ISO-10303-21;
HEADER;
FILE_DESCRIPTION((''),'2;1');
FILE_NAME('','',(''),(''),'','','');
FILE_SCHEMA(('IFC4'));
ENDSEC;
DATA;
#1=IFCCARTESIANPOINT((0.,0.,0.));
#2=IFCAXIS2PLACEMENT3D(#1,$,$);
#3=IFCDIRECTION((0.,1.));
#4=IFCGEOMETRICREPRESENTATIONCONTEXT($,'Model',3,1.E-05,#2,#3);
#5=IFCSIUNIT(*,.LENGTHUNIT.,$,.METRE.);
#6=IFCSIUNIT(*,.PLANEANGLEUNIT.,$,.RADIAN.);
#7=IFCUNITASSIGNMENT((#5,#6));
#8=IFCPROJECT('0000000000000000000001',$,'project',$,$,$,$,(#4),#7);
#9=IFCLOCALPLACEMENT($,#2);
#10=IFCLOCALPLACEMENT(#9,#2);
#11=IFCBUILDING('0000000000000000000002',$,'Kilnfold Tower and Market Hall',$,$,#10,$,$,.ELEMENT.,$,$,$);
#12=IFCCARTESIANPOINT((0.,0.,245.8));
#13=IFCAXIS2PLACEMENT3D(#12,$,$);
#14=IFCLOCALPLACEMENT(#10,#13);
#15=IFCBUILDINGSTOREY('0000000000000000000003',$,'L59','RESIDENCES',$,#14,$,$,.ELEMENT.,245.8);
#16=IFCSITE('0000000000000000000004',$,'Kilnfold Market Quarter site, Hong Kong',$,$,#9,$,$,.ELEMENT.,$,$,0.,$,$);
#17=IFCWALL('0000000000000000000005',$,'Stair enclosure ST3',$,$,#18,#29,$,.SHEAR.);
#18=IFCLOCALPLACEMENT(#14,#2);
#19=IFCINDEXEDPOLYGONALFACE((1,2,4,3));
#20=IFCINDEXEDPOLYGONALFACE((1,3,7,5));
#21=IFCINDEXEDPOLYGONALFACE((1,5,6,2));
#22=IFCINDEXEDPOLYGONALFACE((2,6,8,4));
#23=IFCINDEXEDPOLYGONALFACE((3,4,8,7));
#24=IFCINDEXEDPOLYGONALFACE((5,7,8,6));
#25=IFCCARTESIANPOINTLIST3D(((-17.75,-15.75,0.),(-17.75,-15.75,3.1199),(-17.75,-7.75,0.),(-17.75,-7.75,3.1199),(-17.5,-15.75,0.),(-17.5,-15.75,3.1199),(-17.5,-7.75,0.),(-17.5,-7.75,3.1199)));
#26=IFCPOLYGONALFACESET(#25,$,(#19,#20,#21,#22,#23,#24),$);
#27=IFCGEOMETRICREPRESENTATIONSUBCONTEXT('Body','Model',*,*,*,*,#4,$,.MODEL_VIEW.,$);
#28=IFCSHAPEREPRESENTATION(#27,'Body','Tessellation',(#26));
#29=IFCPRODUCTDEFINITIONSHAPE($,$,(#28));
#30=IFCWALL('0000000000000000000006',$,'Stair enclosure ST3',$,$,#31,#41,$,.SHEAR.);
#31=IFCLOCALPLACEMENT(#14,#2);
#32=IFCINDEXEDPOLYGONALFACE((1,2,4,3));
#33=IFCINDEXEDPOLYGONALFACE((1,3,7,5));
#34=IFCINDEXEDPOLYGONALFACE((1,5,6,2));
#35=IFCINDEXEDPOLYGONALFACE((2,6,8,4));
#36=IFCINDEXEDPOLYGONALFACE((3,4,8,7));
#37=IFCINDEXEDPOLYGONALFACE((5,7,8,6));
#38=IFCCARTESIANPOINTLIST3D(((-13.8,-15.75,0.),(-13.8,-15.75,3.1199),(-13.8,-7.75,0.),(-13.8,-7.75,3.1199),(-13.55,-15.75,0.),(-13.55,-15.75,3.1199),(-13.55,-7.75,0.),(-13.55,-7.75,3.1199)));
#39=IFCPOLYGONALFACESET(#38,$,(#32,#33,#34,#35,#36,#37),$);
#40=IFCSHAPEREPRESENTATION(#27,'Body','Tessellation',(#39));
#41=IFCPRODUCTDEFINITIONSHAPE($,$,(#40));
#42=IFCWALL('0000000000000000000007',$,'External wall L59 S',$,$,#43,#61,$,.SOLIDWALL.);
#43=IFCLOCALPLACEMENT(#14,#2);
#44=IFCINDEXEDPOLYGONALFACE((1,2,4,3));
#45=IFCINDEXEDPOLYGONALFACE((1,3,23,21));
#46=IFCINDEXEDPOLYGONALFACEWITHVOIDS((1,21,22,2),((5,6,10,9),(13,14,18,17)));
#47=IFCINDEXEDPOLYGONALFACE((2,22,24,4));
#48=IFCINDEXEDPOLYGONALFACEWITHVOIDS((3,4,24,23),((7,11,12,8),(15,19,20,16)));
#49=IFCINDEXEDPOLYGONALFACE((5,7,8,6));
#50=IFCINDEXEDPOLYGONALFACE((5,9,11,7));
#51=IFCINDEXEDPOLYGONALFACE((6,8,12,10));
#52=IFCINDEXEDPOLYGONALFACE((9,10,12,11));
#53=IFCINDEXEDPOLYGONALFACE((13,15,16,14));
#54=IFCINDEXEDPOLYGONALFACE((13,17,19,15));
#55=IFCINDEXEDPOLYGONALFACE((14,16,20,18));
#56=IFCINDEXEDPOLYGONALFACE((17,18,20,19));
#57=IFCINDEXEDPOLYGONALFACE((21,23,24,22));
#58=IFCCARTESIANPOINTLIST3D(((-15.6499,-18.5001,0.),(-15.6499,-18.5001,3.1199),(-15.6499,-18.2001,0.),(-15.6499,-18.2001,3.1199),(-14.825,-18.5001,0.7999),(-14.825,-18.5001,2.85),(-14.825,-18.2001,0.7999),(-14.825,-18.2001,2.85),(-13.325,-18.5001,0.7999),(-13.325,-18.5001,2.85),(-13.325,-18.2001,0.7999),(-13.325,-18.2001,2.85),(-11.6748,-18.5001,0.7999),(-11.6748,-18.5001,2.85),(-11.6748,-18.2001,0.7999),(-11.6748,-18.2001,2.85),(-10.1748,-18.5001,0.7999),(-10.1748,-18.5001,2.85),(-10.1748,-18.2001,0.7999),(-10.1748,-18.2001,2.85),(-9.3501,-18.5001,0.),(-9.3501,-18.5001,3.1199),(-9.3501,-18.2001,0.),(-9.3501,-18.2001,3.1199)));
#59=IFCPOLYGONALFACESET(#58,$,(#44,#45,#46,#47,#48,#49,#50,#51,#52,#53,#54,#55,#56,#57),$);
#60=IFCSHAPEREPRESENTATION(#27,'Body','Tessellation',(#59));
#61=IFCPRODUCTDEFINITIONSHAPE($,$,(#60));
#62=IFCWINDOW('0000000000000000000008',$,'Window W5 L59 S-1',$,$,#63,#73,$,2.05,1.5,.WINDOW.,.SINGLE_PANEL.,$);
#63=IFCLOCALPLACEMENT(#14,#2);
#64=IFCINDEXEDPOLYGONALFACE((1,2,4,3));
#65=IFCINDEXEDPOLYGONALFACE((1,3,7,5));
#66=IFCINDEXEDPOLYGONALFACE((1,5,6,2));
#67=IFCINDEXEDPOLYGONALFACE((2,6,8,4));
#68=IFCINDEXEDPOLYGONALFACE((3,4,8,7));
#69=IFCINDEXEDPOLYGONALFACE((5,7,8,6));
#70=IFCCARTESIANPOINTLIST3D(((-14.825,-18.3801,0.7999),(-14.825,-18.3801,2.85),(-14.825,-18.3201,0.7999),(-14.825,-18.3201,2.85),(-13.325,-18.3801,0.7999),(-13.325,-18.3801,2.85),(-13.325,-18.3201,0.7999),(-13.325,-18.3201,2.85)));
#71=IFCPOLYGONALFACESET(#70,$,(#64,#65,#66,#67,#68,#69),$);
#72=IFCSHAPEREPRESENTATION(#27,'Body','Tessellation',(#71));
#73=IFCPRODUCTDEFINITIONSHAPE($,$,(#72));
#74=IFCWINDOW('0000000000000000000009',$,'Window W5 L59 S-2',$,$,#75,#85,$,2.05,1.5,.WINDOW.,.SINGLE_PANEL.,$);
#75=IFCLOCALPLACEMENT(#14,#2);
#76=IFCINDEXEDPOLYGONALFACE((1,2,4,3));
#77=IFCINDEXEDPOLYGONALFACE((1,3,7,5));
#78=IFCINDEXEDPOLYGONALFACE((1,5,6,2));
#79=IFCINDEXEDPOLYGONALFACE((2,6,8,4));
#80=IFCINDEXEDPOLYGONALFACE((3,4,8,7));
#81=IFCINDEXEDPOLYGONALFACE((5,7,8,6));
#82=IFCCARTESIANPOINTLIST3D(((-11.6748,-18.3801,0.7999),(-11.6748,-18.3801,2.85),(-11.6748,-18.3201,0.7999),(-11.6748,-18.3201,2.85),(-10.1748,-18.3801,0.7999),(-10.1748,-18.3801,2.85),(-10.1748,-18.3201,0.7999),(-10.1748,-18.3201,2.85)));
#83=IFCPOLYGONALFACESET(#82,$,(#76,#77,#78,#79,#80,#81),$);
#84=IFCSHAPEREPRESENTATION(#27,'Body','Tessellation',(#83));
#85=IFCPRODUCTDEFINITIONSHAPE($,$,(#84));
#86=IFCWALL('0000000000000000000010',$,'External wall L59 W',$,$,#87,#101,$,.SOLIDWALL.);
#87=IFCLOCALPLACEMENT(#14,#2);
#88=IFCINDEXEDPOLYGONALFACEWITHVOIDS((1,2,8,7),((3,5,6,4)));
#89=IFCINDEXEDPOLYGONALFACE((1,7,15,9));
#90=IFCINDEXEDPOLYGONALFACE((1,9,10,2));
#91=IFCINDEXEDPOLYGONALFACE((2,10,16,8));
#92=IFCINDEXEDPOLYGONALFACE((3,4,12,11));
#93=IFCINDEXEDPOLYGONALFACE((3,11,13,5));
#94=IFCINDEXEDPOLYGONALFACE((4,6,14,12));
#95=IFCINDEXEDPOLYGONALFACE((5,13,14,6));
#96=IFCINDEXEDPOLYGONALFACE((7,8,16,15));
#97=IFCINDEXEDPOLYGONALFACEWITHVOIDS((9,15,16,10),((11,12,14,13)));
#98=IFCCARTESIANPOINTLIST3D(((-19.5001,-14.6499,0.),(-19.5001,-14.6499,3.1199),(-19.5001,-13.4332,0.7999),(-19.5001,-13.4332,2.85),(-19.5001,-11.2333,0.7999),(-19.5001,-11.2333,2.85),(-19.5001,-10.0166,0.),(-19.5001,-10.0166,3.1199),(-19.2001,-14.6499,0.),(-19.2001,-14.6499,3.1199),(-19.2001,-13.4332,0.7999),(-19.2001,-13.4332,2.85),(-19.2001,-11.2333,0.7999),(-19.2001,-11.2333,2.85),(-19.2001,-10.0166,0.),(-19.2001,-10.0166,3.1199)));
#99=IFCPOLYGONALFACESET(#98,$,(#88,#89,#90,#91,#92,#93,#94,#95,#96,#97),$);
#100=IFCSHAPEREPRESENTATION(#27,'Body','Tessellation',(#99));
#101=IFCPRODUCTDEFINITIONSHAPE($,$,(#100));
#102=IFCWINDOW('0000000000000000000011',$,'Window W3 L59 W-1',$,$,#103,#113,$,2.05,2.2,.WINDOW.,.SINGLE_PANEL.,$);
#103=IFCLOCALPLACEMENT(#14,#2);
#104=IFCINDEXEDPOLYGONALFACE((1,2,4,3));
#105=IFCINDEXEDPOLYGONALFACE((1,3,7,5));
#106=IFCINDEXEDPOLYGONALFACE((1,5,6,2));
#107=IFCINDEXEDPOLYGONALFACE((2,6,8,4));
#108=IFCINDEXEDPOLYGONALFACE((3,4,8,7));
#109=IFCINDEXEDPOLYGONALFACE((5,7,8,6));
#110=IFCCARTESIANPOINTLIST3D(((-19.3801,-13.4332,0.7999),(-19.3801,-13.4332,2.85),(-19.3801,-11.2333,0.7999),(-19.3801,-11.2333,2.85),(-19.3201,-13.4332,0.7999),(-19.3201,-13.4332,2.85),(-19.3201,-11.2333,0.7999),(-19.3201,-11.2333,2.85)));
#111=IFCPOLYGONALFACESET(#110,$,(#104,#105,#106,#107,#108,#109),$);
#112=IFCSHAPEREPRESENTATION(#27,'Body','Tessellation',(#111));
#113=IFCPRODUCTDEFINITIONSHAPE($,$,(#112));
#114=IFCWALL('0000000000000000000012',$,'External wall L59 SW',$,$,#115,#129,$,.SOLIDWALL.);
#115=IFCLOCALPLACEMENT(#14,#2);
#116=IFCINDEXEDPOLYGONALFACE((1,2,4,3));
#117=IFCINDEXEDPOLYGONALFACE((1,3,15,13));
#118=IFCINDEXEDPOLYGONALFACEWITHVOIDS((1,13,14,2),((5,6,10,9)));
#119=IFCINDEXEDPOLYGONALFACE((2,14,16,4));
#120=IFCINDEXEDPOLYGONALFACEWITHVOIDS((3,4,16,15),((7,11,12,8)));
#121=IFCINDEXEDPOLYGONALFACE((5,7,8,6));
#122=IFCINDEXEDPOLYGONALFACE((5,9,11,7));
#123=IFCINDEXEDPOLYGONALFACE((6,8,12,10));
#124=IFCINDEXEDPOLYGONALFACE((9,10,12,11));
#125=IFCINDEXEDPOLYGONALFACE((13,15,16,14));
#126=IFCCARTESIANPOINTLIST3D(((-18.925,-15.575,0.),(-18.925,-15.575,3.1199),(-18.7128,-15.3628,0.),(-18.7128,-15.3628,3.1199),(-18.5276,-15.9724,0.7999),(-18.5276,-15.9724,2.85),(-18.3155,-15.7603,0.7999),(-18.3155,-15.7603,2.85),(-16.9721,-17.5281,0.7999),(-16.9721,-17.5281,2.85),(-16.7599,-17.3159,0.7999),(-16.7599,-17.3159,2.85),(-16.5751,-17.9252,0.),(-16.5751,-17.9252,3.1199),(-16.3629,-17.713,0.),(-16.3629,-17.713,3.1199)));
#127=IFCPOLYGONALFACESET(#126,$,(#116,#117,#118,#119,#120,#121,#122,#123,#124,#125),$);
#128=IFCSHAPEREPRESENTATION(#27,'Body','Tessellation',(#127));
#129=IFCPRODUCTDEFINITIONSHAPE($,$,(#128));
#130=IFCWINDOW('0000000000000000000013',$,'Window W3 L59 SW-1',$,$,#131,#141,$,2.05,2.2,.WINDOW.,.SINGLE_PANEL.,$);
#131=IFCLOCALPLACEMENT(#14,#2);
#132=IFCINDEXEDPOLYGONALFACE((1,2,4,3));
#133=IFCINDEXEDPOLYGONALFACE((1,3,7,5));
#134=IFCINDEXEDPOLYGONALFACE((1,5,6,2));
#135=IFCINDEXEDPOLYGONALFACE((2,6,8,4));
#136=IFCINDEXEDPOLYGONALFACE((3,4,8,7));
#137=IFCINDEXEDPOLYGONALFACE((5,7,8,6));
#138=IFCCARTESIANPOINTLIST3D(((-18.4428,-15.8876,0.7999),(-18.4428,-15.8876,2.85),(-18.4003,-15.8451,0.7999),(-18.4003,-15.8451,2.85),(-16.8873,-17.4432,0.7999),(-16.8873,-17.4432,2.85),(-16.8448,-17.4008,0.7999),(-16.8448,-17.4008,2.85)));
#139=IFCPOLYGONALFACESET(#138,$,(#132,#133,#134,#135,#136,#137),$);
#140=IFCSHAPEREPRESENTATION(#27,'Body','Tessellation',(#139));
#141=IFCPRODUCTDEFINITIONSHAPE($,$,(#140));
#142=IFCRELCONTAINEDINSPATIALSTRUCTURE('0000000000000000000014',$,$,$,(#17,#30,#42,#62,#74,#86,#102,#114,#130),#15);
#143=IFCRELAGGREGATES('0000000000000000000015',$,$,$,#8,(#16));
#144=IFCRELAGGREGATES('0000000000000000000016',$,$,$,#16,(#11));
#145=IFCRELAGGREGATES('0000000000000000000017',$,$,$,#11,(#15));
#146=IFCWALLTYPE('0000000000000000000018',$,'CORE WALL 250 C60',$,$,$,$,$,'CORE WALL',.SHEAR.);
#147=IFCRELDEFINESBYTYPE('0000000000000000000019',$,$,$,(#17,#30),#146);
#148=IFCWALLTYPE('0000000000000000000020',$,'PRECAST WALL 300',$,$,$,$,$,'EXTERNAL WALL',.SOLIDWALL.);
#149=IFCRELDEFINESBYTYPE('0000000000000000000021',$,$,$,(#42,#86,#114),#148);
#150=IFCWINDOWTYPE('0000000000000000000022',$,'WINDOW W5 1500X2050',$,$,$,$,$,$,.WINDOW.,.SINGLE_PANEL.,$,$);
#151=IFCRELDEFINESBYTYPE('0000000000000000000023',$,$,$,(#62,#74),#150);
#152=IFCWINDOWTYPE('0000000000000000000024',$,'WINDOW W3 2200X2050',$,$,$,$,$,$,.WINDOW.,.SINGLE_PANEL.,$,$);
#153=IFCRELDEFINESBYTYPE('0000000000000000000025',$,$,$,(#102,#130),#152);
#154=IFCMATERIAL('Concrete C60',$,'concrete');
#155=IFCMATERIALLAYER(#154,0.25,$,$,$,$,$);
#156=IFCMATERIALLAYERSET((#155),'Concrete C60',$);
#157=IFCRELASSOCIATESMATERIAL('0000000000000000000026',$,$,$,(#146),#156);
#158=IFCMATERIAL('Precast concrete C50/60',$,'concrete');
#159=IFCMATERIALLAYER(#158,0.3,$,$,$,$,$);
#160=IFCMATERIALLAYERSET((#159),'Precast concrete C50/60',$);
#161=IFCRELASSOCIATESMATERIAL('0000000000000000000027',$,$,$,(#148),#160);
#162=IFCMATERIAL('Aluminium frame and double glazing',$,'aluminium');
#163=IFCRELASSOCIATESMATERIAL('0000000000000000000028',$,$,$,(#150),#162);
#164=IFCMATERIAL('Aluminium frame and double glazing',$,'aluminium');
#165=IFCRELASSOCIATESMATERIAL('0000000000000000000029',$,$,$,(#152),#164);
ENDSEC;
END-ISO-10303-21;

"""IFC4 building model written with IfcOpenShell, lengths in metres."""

from ifc_helpers import new_model, si_unit, direction, frame, frame_2d, origin, place, context, subcontext, project, spatial, rectangle, extrude, source, transform, mapped, material, layer, layer_set, type_object, element, fill, save


model = new_model("IFC4")

# Units and contexts
model_context = context("Model", 3, precision=1e-05, world=origin(), true_north=direction((0.0, 1.0)))
body_context = subcontext(model_context, "Body", "Model", "MODEL_VIEW")
ifc_project = project(units=[si_unit("LENGTHUNIT", "METRE"), si_unit("PLANEANGLEUNIT", "RADIAN")], contexts=[model_context])

# Site, building, storey
site_placement = place(None, origin())
site = spatial("IfcSite", under=ifc_project, at=site_placement, Name="Kilnfold Market Quarter site, Hong Kong", CompositionType="ELEMENT", RefElevation=0.0)
building_placement = place(site_placement, origin())
building = spatial("IfcBuilding", under=site, at=building_placement, Name="Kilnfold Tower and Market Hall", CompositionType="ELEMENT")
storey_placement = place(building_placement, frame((0.0, 0.0, 245.8)))
storey = spatial("IfcBuildingStorey", under=building, at=storey_placement, Name="L59", Description="RESIDENCES", CompositionType="ELEMENT", Elevation=245.8)

# Shared definitions
ifc_material_1 = material(Name="Concrete C60", Category="concrete")
ifc_layer_1 = layer(ifc_material_1, 0.25)
ifc_layer_set_1 = layer_set([ifc_layer_1], Name="Concrete C60")
wall_type_1 = type_object("IfcWallType", Name="CORE WALL 250 C60", ElementType="CORE WALL", PredefinedType="SHEAR", material=ifc_layer_set_1)

# Walls
shared_shape_1 = source(origin(), body_context, "Body", "SweptSolid", [
    extrude(rectangle(XDim=8.0, YDim=0.25, at=frame_2d((4.0, 0.0))), origin(), (0.0, 0.0, 1.0), 3.1199),
])
for number, where, z_axis, x_axis, name in (
    (1, (-17.625, -15.75, 0.0), (0.0, 0.0, 1.0), (0.0, 1.0, 0.0), "Stair enclosure ST3"),
    (2, (-13.675, -15.75, 0.0), (0.0, 0.0, 1.0), (0.0, 1.0, 0.0), "Stair enclosure ST3"),
):
    element("IfcWall", number, at=place(storey_placement, frame(where, z_axis=z_axis, x_axis=x_axis)), inside=storey, type_object=wall_type_1, Name=name, PredefinedType="SHEAR", context=body_context, shape_type="MappedRepresentation", body=[
        mapped(shared_shape_1, transform((0.0, 0.0, 0.0))),
    ])

# Wall, openings, windows
ifc_material_2 = material(Name="Precast concrete C50/60", Category="concrete")
ifc_layer_2 = layer(ifc_material_2, 0.3)
ifc_layer_set_2 = layer_set([ifc_layer_2], Name="Precast concrete C50/60")
wall_type_2 = type_object("IfcWallType", Name="PRECAST WALL 300", ElementType="EXTERNAL WALL", PredefinedType="SOLIDWALL", material=ifc_layer_set_2)
shared_shape_2 = source(origin(), body_context, "Body", "SweptSolid", [
    extrude(rectangle(XDim=6.2998, YDim=0.3, at=frame_2d((3.1499, 0.0))), origin(), (0.0, 0.0, 1.0), 3.1199),
])
wall_1_placement = place(storey_placement, frame((-15.6499, -18.3501, 0.0), z_axis=(0.0, 0.0, 1.0), x_axis=(1.0, 0.0, 0.0)))
wall_1 = element("IfcWall", 3, at=wall_1_placement, inside=storey, type_object=wall_type_2, Name="External wall L59 S", PredefinedType="SOLIDWALL", context=body_context, shape_type="MappedRepresentation", body=[
    mapped(shared_shape_2, transform((0.0, 0.0, 0.0))),
])
opening_1_placement = place(wall_1_placement, frame((0.825, 0.0, 0.8)))
opening_1 = element("IfcOpeningElement", 4, at=opening_1_placement, cuts=wall_1, PredefinedType="OPENING", context=body_context, shape_type="SweptSolid", body=[
    extrude(rectangle(XDim=1.5, YDim=2.05, at=frame_2d((0.75, 1.0249))), frame((0.0, 0.1602, 0.0), z_axis=(0.0, -1.0, 0.0), x_axis=(1.0, 0.0, 0.0)), (0.0, 0.0, 1.0), 0.3201),
])
opening_2_placement = place(wall_1_placement, frame((3.9751, 0.0, 0.8)))
opening_2 = element("IfcOpeningElement", 5, at=opening_2_placement, cuts=wall_1, PredefinedType="OPENING", context=body_context, shape_type="SweptSolid", body=[
    extrude(rectangle(XDim=1.5, YDim=2.05, at=frame_2d((0.75, 1.0249))), frame((0.0, 0.1602, 0.0), z_axis=(0.0, -1.0, 0.0), x_axis=(1.0, 0.0, 0.0)), (0.0, 0.0, 1.0), 0.3201),
])
ifc_material_3 = material(Name="Aluminium frame and double glazing", Category="aluminium")
window_type_1 = type_object("IfcWindowType", Name="WINDOW W5 1500X2050", PartitioningType="SINGLE_PANEL", PredefinedType="WINDOW", material=ifc_material_3)
window_1_placement = place(opening_1_placement, origin())
window_1 = element("IfcWindow", 6, at=window_1_placement, inside=storey, type_object=window_type_1, Name="Window W5 L59 S-1", OverallHeight=2.05, OverallWidth=1.5, PartitioningType="SINGLE_PANEL", PredefinedType="WINDOW", context=body_context, shape_type="SweptSolid", body=[
    extrude(rectangle(XDim=1.5, YDim=2.05, at=frame_2d((0.75, 1.0249))), frame((0.0, 0.03, 0.0), z_axis=(0.0, -1.0, 0.0), x_axis=(1.0, 0.0, 0.0)), (0.0, 0.0, 1.0), 0.0601),
])
fill(opening_1, window_1)
window_2_placement = place(opening_2_placement, origin())
window_2 = element("IfcWindow", 7, at=window_2_placement, inside=storey, type_object=window_type_1, Name="Window W5 L59 S-2", OverallHeight=2.05, OverallWidth=1.5, PartitioningType="SINGLE_PANEL", PredefinedType="WINDOW", context=body_context, shape_type="SweptSolid", body=[
    extrude(rectangle(XDim=1.5, YDim=2.05, at=frame_2d((0.75, 1.0249))), frame((0.0, 0.03, 0.0), z_axis=(0.0, -1.0, 0.0), x_axis=(1.0, 0.0, 0.0)), (0.0, 0.0, 1.0), 0.0601),
])
fill(opening_2, window_2)

# Walls, openings, windows
shared_shape_3 = source(origin(), body_context, "Body", "SweptSolid", [
    extrude(rectangle(XDim=4.6333, YDim=0.3, at=frame_2d((2.3167, 0.0))), origin(), (0.0, 0.0, 1.0), 3.1199),
])
wall_2_placement = place(storey_placement, frame((-19.3501, -10.0166, 0.0), z_axis=(0.0, 0.0, 1.0), x_axis=(0.0, -1.0, 0.0)))
wall_2 = element("IfcWall", 8, at=wall_2_placement, inside=storey, type_object=wall_type_2, Name="External wall L59 W", PredefinedType="SOLIDWALL", context=body_context, shape_type="MappedRepresentation", body=[
    mapped(shared_shape_3, transform((0.0, 0.0, 0.0))),
])
opening_3_placement = place(wall_2_placement, frame((1.2166, 0.0, 0.8)))
opening_3 = element("IfcOpeningElement", 9, at=opening_3_placement, cuts=wall_2, PredefinedType="OPENING", context=body_context, shape_type="SweptSolid", body=[
    extrude(rectangle(XDim=2.2, YDim=2.05, at=frame_2d((1.1001, 1.0249))), frame((0.0, 0.1602, 0.0), z_axis=(0.0, -1.0, 0.0), x_axis=(1.0, 0.0, 0.0)), (0.0, 0.0, 1.0), 0.3201),
])
ifc_material_4 = material(Name="Aluminium frame and double glazing", Category="aluminium")
window_type_2 = type_object("IfcWindowType", Name="WINDOW W3 2200X2050", PartitioningType="SINGLE_PANEL", PredefinedType="WINDOW", material=ifc_material_4)
window_3_placement = place(opening_3_placement, origin())
window_3 = element("IfcWindow", 10, at=window_3_placement, inside=storey, type_object=window_type_2, Name="Window W3 L59 W-1", OverallHeight=2.05, OverallWidth=2.2, PartitioningType="SINGLE_PANEL", PredefinedType="WINDOW", context=body_context, shape_type="SweptSolid", body=[
    extrude(rectangle(XDim=2.2, YDim=2.05, at=frame_2d((1.1001, 1.0249))), frame((0.0, 0.03, 0.0), z_axis=(0.0, -1.0, 0.0), x_axis=(1.0, 0.0, 0.0)), (0.0, 0.0, 1.0), 0.0601),
])
fill(opening_3, window_3)
shared_shape_4 = source(origin(), body_context, "Body", "SweptSolid", [
    extrude(rectangle(XDim=3.3235, YDim=0.3, at=frame_2d((1.6616, 0.0))), origin(), (0.0, 0.0, 1.0), 3.1199),
])
wall_3_placement = place(storey_placement, frame((-18.8188, -15.469, 0.0), z_axis=(0.0, 0.0, 1.0), x_axis=(0.70707, -0.707144, 0.0)))
wall_3 = element("IfcWall", 11, at=wall_3_placement, inside=storey, type_object=wall_type_2, Name="External wall L59 SW", PredefinedType="SOLIDWALL", context=body_context, shape_type="MappedRepresentation", body=[
    mapped(shared_shape_4, transform((0.0, 0.0, 0.0))),
])
opening_4_placement = place(wall_3_placement, frame((0.5618, 0.0, 0.8)))
opening_4 = element("IfcOpeningElement", 12, at=opening_4_placement, cuts=wall_3, PredefinedType="OPENING", context=body_context, shape_type="SweptSolid", body=[
    extrude(rectangle(XDim=2.2, YDim=2.05, at=frame_2d((1.1001, 1.0249))), frame((0.0, 0.1602, 0.0), z_axis=(0.0, -1.0, 0.0), x_axis=(1.0, 0.0, 0.0)), (0.0, 0.0, 1.0), 0.3201),
])
window_4_placement = place(opening_4_placement, origin())
window_4 = element("IfcWindow", 13, at=window_4_placement, inside=storey, type_object=window_type_2, Name="Window W3 L59 SW-1", OverallHeight=2.05, OverallWidth=2.2, PartitioningType="SINGLE_PANEL", PredefinedType="WINDOW", context=body_context, shape_type="SweptSolid", body=[
    extrude(rectangle(XDim=2.2, YDim=2.05, at=frame_2d((1.1001, 1.0249))), frame((0.0, 0.03, 0.0), z_axis=(0.0, -1.0, 0.0), x_axis=(1.0, 0.0, 0.0)), (0.0, 0.0, 1.0), 0.0601),
])
fill(opening_4, window_4)

save(model, "model.ifc")
